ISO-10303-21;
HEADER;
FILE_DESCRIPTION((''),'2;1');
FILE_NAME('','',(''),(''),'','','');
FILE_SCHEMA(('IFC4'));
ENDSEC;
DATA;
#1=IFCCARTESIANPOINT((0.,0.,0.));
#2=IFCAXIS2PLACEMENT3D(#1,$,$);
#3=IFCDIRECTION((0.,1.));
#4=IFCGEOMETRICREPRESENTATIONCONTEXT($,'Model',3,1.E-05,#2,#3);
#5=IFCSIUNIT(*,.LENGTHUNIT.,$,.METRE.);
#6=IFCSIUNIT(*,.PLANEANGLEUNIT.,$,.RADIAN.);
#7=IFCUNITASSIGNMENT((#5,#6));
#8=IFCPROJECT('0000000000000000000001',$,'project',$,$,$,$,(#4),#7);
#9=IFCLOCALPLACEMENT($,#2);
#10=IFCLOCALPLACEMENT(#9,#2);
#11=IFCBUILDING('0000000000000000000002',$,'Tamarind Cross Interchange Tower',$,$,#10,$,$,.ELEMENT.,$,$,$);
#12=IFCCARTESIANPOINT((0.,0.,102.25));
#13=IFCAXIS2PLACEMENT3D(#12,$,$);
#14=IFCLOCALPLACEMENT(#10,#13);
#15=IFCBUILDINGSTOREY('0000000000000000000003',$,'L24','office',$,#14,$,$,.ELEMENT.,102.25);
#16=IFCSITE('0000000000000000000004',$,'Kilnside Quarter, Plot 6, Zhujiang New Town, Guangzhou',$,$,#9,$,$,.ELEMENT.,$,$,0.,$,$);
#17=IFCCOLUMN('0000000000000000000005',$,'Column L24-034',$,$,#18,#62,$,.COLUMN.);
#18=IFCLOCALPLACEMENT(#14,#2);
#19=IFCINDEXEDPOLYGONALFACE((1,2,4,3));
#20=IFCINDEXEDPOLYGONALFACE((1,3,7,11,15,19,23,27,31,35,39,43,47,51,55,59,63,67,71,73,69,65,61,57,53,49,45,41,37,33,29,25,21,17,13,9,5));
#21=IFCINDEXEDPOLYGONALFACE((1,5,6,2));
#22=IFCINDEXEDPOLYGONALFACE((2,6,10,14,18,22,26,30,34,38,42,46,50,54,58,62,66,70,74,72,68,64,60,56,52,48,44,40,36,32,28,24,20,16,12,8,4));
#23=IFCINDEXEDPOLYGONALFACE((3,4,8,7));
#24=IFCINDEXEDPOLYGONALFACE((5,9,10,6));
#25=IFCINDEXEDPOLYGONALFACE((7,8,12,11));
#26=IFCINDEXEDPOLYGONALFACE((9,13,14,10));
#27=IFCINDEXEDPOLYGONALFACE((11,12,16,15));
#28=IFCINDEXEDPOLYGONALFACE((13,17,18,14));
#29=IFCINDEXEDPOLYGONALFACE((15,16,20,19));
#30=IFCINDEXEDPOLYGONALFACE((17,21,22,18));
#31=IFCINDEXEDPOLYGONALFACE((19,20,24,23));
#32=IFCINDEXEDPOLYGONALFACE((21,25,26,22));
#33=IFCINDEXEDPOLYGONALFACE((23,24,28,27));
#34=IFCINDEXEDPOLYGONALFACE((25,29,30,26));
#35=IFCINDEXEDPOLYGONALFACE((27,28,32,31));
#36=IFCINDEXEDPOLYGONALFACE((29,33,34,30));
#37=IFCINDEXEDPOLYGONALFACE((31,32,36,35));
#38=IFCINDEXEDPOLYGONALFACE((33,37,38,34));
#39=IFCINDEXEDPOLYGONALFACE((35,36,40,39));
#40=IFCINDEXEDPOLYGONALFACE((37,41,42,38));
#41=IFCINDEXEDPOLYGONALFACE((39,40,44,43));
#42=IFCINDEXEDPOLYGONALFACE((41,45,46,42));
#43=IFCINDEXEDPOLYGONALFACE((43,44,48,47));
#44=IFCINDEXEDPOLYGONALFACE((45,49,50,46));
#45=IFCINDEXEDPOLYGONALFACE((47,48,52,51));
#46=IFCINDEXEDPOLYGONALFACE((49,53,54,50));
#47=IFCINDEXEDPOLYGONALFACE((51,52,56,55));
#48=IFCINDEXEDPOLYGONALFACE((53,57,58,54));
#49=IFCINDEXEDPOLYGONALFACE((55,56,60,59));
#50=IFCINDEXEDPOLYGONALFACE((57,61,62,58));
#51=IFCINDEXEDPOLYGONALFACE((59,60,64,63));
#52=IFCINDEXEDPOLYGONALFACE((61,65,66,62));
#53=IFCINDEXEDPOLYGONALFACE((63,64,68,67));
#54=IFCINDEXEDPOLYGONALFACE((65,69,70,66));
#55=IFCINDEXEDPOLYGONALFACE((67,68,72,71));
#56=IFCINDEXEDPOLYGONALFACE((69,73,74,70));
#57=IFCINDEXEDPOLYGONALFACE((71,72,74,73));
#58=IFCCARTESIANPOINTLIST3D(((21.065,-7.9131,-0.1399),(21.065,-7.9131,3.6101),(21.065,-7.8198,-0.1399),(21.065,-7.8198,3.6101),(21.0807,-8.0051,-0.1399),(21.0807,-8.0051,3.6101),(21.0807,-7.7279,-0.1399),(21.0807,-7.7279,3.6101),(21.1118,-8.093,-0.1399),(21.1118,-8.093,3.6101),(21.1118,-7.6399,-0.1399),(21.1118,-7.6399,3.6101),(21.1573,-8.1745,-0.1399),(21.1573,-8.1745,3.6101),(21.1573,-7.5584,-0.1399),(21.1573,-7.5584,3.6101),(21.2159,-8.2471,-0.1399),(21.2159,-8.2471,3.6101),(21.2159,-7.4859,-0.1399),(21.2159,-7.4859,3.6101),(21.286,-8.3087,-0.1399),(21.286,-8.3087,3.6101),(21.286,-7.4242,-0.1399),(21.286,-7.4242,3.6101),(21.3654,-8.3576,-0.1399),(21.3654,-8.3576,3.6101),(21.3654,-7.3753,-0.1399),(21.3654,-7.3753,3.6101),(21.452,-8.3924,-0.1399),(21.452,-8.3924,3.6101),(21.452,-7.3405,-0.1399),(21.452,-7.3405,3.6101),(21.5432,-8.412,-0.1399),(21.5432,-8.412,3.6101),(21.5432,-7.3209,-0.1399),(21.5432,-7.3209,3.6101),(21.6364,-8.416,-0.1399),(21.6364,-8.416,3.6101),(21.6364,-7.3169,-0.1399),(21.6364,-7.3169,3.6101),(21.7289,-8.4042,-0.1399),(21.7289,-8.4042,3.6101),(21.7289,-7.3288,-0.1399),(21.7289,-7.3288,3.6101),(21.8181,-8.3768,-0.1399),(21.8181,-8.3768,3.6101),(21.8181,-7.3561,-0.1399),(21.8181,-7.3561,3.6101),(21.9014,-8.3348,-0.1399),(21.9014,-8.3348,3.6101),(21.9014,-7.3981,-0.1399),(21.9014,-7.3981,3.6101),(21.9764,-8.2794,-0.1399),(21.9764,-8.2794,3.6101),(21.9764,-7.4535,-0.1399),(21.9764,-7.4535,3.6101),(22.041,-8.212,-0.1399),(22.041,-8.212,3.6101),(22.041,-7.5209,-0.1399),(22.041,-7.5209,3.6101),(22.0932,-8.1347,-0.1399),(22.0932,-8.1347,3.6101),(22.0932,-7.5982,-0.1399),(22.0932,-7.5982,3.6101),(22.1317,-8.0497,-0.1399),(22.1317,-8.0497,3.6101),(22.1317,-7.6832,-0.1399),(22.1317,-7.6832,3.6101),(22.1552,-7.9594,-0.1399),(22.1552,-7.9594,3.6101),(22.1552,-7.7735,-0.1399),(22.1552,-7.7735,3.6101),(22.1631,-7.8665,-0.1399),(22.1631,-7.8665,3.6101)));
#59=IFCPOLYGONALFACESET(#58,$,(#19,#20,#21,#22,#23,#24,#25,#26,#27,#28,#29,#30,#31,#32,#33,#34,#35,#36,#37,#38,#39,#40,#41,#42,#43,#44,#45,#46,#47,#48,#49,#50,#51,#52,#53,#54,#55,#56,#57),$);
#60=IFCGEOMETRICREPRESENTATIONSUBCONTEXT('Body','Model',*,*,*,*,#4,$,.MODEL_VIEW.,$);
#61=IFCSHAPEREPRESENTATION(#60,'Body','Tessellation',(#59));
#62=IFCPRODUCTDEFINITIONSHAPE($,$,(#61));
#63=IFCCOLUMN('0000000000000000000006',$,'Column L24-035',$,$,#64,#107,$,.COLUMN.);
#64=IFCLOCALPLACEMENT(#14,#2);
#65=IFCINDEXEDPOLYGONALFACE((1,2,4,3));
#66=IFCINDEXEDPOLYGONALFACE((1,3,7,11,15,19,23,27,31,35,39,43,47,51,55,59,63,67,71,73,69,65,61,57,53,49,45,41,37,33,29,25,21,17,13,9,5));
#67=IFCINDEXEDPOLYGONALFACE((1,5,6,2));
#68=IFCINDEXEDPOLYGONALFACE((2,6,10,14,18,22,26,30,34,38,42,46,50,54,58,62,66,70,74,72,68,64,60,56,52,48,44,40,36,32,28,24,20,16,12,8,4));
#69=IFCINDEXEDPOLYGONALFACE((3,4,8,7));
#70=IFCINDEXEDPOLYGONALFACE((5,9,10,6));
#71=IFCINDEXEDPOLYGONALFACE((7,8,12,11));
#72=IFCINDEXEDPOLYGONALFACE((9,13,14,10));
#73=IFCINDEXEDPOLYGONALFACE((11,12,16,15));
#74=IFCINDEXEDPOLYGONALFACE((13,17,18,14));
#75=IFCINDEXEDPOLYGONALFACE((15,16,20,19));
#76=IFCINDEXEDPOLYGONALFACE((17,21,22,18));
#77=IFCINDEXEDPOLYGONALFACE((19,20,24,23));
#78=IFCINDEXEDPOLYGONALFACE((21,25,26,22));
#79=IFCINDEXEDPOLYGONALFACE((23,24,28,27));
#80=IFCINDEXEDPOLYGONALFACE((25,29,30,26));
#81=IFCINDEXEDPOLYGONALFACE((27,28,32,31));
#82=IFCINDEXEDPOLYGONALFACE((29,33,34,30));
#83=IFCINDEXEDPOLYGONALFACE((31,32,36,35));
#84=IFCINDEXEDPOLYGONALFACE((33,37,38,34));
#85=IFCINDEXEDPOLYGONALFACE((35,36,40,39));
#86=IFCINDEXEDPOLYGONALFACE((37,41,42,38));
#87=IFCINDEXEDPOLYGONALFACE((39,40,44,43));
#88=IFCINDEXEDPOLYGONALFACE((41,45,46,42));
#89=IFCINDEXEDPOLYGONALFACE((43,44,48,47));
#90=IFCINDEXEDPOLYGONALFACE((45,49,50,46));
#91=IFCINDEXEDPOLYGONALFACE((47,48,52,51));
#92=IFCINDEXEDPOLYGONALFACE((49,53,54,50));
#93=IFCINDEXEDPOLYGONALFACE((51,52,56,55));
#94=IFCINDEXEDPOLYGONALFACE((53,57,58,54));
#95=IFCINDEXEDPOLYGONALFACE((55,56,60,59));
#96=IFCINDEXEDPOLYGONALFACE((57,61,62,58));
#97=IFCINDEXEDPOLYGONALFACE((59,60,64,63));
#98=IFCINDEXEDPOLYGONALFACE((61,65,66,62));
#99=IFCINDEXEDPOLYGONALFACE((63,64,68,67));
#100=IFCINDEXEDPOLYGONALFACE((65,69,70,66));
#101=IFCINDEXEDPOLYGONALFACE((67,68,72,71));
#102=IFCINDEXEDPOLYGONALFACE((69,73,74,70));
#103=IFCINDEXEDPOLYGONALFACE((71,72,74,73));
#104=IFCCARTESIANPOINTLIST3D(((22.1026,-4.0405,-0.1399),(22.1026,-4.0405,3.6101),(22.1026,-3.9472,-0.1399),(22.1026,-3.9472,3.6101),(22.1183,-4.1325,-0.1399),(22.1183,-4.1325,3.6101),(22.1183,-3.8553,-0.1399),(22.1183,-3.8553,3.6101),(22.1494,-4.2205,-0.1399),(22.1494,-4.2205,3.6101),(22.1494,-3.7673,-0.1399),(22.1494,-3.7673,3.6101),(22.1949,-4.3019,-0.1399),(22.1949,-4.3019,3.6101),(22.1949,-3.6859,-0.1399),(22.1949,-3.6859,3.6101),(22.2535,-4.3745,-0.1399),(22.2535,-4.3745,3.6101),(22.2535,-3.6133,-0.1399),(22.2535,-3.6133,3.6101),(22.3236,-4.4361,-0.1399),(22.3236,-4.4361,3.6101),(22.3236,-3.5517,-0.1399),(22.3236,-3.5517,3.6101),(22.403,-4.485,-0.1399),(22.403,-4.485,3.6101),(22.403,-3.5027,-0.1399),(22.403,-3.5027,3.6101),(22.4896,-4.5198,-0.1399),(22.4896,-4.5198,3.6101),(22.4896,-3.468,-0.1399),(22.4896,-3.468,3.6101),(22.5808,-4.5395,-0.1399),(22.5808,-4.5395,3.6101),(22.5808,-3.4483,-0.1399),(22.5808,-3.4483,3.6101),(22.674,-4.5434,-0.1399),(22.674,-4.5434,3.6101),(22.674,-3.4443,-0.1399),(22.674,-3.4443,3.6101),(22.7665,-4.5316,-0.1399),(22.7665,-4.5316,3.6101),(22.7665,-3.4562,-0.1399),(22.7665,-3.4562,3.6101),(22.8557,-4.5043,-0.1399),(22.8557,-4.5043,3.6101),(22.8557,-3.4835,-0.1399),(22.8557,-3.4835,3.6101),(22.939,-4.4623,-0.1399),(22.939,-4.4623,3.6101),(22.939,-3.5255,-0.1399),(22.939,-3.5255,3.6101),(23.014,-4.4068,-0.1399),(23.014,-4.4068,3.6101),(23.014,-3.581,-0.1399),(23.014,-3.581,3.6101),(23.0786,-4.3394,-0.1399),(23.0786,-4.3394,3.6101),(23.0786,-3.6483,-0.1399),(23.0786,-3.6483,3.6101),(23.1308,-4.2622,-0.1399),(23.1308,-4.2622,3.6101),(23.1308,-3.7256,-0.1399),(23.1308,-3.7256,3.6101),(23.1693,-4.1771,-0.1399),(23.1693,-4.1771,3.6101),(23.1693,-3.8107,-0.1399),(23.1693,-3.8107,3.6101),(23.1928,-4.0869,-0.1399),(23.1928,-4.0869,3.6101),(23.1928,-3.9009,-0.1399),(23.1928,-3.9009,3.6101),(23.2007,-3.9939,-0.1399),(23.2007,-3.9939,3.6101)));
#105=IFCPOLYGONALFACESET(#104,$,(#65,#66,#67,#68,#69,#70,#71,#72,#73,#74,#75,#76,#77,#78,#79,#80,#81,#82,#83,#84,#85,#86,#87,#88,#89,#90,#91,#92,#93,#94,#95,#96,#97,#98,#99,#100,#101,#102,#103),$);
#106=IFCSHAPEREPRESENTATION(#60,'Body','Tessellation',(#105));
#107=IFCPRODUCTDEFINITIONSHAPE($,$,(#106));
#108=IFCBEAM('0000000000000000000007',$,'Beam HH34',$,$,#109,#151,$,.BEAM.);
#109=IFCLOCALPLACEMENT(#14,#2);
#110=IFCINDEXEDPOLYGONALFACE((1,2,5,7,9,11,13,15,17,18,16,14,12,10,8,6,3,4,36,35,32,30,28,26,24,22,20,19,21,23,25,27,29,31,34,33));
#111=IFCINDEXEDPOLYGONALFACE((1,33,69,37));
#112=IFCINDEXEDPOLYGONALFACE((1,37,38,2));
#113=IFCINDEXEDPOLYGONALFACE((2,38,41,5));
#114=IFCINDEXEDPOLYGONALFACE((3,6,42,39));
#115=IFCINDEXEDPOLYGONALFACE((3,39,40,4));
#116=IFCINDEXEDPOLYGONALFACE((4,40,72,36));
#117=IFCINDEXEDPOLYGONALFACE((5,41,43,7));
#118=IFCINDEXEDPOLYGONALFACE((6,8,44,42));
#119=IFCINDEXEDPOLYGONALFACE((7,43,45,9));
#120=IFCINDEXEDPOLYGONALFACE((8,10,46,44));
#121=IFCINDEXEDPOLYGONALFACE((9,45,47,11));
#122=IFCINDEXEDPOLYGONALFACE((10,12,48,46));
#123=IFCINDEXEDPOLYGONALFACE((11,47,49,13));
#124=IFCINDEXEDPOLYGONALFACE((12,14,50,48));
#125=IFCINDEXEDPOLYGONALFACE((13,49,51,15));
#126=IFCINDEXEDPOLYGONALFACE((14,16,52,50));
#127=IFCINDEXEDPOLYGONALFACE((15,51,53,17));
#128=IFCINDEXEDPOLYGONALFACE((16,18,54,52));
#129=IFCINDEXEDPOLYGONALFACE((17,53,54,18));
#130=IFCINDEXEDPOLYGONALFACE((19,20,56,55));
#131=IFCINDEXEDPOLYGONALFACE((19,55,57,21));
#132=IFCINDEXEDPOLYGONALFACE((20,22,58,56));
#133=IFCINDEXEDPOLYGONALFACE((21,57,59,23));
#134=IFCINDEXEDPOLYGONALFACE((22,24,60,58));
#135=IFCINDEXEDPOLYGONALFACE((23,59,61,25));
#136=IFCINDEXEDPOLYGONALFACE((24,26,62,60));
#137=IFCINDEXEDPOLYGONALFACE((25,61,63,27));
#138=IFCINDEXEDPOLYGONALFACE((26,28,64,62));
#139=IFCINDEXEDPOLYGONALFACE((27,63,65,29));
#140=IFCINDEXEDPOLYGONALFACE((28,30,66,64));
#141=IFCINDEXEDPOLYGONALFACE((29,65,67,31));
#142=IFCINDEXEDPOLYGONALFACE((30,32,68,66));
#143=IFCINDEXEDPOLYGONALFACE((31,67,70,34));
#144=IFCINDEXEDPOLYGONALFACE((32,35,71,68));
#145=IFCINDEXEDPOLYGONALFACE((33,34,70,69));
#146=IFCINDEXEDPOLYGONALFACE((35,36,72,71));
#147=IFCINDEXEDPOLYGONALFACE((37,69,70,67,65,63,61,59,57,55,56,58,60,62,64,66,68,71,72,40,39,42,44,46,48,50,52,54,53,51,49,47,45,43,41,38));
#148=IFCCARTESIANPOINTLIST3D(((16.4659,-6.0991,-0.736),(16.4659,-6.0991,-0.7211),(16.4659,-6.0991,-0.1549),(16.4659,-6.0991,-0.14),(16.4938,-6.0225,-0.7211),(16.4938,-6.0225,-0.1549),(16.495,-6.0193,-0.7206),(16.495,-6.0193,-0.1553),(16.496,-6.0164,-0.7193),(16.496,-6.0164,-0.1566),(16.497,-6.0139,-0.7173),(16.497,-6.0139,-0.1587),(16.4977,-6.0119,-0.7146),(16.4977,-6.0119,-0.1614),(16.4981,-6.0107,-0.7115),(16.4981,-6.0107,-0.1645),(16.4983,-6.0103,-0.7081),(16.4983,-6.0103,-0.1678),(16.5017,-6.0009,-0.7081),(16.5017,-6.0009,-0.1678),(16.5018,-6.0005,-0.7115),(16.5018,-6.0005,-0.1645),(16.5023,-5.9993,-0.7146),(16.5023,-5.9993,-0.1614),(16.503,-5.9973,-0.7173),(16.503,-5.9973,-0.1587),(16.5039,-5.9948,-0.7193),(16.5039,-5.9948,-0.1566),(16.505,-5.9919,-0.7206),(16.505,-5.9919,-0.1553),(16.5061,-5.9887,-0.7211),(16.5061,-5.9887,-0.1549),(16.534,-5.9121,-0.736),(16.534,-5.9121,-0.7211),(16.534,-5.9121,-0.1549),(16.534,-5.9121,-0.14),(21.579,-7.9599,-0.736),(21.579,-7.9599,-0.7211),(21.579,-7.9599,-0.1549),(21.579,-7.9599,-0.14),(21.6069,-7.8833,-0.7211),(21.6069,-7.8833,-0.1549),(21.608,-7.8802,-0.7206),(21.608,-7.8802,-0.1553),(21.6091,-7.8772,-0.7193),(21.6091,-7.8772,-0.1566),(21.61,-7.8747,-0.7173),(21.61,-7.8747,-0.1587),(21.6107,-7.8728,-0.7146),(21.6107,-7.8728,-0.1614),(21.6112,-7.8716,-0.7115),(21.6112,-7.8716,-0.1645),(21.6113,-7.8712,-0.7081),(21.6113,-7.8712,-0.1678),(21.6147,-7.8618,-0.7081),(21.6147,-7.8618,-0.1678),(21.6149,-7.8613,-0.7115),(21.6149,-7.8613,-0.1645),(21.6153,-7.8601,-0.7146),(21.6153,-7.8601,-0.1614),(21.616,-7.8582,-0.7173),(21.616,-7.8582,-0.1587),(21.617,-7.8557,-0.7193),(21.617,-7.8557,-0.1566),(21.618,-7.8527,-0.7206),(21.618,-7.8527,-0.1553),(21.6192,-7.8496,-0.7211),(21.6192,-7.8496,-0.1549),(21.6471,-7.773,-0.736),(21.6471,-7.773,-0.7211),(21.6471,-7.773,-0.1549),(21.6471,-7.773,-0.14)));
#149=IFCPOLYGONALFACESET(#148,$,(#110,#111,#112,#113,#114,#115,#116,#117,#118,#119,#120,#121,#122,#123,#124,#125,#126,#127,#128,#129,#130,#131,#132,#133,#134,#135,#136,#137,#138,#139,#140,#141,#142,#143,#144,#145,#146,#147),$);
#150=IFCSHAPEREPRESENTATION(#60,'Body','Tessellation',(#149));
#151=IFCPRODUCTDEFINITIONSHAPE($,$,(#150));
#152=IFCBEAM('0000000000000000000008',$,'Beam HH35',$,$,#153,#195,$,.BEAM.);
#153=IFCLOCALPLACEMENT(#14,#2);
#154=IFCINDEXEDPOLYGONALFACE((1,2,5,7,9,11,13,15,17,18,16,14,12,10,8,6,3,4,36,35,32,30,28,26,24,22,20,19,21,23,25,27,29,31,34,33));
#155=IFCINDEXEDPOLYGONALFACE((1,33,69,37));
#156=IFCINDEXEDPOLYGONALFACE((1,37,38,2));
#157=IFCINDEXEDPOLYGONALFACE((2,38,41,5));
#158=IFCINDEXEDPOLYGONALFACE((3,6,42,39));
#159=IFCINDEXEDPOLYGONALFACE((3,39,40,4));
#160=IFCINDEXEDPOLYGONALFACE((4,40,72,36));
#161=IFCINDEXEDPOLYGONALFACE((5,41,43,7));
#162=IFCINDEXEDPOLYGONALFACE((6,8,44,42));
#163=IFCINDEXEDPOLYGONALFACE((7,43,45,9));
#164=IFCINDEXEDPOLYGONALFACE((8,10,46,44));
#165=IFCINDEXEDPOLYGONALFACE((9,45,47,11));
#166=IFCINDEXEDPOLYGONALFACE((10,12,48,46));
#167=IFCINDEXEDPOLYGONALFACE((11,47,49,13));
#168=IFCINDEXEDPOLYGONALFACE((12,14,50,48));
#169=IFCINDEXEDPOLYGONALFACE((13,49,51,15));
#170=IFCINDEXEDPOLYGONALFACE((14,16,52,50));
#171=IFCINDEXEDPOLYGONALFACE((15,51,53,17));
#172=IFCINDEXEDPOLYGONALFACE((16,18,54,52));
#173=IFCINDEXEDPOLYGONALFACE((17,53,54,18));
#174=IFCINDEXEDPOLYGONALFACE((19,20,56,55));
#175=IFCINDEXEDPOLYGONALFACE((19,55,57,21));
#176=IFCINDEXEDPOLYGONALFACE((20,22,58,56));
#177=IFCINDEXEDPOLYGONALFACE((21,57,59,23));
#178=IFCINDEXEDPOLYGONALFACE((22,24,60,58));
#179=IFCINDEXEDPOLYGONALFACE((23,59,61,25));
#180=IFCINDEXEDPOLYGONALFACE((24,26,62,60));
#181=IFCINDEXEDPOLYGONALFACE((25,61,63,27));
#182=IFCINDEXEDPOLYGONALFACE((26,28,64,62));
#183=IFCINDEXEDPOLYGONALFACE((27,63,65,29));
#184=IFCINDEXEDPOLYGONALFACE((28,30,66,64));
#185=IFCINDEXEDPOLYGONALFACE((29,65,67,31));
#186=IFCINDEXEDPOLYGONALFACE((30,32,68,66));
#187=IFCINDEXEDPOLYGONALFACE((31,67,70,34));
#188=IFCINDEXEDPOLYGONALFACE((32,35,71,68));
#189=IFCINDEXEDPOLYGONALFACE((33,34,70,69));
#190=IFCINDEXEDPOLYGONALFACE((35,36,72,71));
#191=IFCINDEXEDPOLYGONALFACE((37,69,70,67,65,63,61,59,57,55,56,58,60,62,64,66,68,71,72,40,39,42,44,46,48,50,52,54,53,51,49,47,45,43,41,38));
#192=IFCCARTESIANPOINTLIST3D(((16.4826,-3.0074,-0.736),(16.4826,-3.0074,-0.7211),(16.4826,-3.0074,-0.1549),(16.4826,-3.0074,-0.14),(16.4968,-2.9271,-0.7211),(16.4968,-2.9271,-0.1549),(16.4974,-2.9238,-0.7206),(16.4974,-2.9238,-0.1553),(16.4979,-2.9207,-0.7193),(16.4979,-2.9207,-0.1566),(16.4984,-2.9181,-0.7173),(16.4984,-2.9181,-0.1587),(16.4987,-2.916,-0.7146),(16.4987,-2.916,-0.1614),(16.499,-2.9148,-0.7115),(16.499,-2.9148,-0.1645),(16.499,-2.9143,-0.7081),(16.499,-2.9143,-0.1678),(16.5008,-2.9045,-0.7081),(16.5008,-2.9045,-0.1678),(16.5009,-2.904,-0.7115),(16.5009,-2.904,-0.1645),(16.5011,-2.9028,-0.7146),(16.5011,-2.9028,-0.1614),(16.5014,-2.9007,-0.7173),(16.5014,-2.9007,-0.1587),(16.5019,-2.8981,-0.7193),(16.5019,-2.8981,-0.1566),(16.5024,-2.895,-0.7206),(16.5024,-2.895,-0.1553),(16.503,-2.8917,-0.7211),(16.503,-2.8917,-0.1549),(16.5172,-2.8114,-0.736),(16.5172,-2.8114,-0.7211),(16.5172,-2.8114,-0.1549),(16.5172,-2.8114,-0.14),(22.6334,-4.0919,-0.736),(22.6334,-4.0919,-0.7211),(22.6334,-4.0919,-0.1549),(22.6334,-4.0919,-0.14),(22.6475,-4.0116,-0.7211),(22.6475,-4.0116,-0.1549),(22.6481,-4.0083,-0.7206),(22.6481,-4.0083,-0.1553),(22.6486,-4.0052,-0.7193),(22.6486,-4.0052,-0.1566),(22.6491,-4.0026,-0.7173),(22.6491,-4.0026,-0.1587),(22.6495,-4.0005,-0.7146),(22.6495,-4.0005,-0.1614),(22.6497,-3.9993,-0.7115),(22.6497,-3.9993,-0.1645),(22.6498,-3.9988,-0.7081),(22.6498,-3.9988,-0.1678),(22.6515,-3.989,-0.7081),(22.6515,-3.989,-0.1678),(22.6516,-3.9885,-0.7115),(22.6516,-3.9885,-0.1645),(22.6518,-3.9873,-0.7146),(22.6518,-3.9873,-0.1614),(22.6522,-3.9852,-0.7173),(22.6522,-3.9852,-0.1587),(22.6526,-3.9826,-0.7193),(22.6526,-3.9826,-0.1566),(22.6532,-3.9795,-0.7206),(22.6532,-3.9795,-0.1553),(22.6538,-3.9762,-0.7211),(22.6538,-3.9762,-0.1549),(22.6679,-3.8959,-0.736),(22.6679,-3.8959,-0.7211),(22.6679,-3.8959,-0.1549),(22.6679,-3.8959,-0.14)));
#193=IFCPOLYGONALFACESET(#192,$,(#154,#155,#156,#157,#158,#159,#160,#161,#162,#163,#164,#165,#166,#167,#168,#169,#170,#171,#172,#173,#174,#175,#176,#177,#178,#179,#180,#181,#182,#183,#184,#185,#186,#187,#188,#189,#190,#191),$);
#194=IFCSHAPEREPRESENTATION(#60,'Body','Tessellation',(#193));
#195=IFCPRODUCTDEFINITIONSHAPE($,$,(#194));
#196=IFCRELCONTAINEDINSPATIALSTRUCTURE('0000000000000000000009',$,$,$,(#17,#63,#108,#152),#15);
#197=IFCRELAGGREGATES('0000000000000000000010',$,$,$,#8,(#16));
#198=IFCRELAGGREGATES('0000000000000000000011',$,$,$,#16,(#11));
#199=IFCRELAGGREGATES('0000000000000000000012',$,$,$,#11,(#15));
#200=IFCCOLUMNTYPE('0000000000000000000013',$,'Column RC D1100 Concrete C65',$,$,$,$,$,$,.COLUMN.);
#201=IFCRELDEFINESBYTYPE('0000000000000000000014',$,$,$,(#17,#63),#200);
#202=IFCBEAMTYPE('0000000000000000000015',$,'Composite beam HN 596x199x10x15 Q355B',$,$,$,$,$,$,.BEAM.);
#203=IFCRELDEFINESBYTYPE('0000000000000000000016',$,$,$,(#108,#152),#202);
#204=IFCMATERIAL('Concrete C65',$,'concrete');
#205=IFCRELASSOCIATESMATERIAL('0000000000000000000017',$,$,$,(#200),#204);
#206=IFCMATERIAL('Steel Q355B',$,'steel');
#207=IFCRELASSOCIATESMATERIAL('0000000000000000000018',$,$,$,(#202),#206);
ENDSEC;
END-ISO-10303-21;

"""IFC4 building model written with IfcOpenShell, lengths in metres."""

from ifc_helpers import new_model, si_unit, direction, frame, origin, origin_2d, place, context, subcontext, project, spatial, circle, i_section, extrude, material, material_profile, profile_set, type_object, element, save


model = new_model("IFC4")

# Units and contexts
model_context = context("Model", 3, precision=1e-05, world=origin(), true_north=direction((0.0, 1.0)))
body_context = subcontext(model_context, "Body", "Model", "MODEL_VIEW")
ifc_project = project(units=[si_unit("LENGTHUNIT", "METRE"), si_unit("PLANEANGLEUNIT", "RADIAN")], contexts=[model_context])

# Site, building, storey
site_placement = place(None, origin())
site = spatial("IfcSite", under=ifc_project, at=site_placement, Name="Kilnside Quarter, Plot 6, Zhujiang New Town, Guangzhou", CompositionType="ELEMENT", RefElevation=0.0)
building_placement = place(site_placement, origin())
building = spatial("IfcBuilding", under=site, at=building_placement, Name="Tamarind Cross Interchange Tower", CompositionType="ELEMENT")
storey_placement = place(building_placement, frame((0.0, 0.0, 102.25)))
storey = spatial("IfcBuildingStorey", under=building, at=storey_placement, Name="L24", Description="office", CompositionType="ELEMENT", Elevation=102.25)

# Columns
ifc_material_1 = material(Name="Concrete C65", Category="concrete")
ifc_material_profile_1 = material_profile(ifc_material_1, circle(Radius=0.55, at=origin_2d()), Name="RC D1100")
ifc_profile_set_1 = profile_set([ifc_material_profile_1], Name="Concrete C65")
column_type = type_object("IfcColumnType", Name="Column RC D1100 Concrete C65", PredefinedType="COLUMN", material=ifc_profile_set_1)
for number, where, z_axis, x_axis, name in (
    (1, (21.613, -7.8665, -0.1399), (0.0, 0.0, 1.0), (1.0, 0.0, 0.0), "Column L24-034"),
    (2, (22.6506, -3.9939, -0.1399), (0.0, 0.0, 1.0), (1.0, 0.0, 0.0), "Column L24-035"),
):
    element("IfcColumn", number, at=place(storey_placement, frame(where, z_axis=z_axis, x_axis=x_axis)), inside=storey, type_object=column_type, Name=name, PredefinedType="COLUMN", context=body_context, shape_type="SweptSolid", body=[
        extrude(circle(Radius=0.55, at=origin_2d()), origin(), (0.0, 0.0, 1.0), 3.75),
    ])

# Beams
ifc_material_2 = material(Name="Steel Q355B", Category="steel")
ifc_material_profile_2 = material_profile(ifc_material_2, i_section(OverallWidth=0.199, OverallDepth=0.5959, WebThickness=0.01, FlangeThickness=0.0149, FilletRadius=0.0129, at=origin_2d()), Name="HN 596x199x10x15")
ifc_profile_set_2 = profile_set([ifc_material_profile_2], Name="Steel Q355B")
beam_type = type_object("IfcBeamType", Name="Composite beam HN 596x199x10x15 Q355B", PredefinedType="BEAM", material=ifc_profile_set_2)
beam_1_placement = place(storey_placement, frame((21.613, -7.8665, -0.438), z_axis=(-0.939702, 0.341995, 0.0), x_axis=(-0.341995, -0.939702, 0.0)))
element("IfcBeam", 3, at=beam_1_placement, inside=storey, type_object=beam_type, Name="Beam HH34", PredefinedType="BEAM", context=body_context, shape_type="SweptSolid", body=[
    extrude(i_section(OverallWidth=0.199, OverallDepth=0.5959, WebThickness=0.01, FlangeThickness=0.0149, FilletRadius=0.0129, at=origin_2d()), origin(), (0.0, 0.0, 1.0), 5.4412),
])
beam_2_placement = place(storey_placement, frame((22.6506, -3.9939, -0.438), z_axis=(-0.984809, 0.17364, 0.0), x_axis=(-0.17364, -0.984809, 0.0)))
element("IfcBeam", 4, at=beam_2_placement, inside=storey, type_object=beam_type, Name="Beam HH35", PredefinedType="BEAM", context=body_context, shape_type="SweptSolid", body=[
    extrude(i_section(OverallWidth=0.199, OverallDepth=0.5959, WebThickness=0.01, FlangeThickness=0.0149, FilletRadius=0.0129, at=origin_2d()), origin(), (0.0, 0.0, 1.0), 6.2456),
])

save(model, "model.ifc")
